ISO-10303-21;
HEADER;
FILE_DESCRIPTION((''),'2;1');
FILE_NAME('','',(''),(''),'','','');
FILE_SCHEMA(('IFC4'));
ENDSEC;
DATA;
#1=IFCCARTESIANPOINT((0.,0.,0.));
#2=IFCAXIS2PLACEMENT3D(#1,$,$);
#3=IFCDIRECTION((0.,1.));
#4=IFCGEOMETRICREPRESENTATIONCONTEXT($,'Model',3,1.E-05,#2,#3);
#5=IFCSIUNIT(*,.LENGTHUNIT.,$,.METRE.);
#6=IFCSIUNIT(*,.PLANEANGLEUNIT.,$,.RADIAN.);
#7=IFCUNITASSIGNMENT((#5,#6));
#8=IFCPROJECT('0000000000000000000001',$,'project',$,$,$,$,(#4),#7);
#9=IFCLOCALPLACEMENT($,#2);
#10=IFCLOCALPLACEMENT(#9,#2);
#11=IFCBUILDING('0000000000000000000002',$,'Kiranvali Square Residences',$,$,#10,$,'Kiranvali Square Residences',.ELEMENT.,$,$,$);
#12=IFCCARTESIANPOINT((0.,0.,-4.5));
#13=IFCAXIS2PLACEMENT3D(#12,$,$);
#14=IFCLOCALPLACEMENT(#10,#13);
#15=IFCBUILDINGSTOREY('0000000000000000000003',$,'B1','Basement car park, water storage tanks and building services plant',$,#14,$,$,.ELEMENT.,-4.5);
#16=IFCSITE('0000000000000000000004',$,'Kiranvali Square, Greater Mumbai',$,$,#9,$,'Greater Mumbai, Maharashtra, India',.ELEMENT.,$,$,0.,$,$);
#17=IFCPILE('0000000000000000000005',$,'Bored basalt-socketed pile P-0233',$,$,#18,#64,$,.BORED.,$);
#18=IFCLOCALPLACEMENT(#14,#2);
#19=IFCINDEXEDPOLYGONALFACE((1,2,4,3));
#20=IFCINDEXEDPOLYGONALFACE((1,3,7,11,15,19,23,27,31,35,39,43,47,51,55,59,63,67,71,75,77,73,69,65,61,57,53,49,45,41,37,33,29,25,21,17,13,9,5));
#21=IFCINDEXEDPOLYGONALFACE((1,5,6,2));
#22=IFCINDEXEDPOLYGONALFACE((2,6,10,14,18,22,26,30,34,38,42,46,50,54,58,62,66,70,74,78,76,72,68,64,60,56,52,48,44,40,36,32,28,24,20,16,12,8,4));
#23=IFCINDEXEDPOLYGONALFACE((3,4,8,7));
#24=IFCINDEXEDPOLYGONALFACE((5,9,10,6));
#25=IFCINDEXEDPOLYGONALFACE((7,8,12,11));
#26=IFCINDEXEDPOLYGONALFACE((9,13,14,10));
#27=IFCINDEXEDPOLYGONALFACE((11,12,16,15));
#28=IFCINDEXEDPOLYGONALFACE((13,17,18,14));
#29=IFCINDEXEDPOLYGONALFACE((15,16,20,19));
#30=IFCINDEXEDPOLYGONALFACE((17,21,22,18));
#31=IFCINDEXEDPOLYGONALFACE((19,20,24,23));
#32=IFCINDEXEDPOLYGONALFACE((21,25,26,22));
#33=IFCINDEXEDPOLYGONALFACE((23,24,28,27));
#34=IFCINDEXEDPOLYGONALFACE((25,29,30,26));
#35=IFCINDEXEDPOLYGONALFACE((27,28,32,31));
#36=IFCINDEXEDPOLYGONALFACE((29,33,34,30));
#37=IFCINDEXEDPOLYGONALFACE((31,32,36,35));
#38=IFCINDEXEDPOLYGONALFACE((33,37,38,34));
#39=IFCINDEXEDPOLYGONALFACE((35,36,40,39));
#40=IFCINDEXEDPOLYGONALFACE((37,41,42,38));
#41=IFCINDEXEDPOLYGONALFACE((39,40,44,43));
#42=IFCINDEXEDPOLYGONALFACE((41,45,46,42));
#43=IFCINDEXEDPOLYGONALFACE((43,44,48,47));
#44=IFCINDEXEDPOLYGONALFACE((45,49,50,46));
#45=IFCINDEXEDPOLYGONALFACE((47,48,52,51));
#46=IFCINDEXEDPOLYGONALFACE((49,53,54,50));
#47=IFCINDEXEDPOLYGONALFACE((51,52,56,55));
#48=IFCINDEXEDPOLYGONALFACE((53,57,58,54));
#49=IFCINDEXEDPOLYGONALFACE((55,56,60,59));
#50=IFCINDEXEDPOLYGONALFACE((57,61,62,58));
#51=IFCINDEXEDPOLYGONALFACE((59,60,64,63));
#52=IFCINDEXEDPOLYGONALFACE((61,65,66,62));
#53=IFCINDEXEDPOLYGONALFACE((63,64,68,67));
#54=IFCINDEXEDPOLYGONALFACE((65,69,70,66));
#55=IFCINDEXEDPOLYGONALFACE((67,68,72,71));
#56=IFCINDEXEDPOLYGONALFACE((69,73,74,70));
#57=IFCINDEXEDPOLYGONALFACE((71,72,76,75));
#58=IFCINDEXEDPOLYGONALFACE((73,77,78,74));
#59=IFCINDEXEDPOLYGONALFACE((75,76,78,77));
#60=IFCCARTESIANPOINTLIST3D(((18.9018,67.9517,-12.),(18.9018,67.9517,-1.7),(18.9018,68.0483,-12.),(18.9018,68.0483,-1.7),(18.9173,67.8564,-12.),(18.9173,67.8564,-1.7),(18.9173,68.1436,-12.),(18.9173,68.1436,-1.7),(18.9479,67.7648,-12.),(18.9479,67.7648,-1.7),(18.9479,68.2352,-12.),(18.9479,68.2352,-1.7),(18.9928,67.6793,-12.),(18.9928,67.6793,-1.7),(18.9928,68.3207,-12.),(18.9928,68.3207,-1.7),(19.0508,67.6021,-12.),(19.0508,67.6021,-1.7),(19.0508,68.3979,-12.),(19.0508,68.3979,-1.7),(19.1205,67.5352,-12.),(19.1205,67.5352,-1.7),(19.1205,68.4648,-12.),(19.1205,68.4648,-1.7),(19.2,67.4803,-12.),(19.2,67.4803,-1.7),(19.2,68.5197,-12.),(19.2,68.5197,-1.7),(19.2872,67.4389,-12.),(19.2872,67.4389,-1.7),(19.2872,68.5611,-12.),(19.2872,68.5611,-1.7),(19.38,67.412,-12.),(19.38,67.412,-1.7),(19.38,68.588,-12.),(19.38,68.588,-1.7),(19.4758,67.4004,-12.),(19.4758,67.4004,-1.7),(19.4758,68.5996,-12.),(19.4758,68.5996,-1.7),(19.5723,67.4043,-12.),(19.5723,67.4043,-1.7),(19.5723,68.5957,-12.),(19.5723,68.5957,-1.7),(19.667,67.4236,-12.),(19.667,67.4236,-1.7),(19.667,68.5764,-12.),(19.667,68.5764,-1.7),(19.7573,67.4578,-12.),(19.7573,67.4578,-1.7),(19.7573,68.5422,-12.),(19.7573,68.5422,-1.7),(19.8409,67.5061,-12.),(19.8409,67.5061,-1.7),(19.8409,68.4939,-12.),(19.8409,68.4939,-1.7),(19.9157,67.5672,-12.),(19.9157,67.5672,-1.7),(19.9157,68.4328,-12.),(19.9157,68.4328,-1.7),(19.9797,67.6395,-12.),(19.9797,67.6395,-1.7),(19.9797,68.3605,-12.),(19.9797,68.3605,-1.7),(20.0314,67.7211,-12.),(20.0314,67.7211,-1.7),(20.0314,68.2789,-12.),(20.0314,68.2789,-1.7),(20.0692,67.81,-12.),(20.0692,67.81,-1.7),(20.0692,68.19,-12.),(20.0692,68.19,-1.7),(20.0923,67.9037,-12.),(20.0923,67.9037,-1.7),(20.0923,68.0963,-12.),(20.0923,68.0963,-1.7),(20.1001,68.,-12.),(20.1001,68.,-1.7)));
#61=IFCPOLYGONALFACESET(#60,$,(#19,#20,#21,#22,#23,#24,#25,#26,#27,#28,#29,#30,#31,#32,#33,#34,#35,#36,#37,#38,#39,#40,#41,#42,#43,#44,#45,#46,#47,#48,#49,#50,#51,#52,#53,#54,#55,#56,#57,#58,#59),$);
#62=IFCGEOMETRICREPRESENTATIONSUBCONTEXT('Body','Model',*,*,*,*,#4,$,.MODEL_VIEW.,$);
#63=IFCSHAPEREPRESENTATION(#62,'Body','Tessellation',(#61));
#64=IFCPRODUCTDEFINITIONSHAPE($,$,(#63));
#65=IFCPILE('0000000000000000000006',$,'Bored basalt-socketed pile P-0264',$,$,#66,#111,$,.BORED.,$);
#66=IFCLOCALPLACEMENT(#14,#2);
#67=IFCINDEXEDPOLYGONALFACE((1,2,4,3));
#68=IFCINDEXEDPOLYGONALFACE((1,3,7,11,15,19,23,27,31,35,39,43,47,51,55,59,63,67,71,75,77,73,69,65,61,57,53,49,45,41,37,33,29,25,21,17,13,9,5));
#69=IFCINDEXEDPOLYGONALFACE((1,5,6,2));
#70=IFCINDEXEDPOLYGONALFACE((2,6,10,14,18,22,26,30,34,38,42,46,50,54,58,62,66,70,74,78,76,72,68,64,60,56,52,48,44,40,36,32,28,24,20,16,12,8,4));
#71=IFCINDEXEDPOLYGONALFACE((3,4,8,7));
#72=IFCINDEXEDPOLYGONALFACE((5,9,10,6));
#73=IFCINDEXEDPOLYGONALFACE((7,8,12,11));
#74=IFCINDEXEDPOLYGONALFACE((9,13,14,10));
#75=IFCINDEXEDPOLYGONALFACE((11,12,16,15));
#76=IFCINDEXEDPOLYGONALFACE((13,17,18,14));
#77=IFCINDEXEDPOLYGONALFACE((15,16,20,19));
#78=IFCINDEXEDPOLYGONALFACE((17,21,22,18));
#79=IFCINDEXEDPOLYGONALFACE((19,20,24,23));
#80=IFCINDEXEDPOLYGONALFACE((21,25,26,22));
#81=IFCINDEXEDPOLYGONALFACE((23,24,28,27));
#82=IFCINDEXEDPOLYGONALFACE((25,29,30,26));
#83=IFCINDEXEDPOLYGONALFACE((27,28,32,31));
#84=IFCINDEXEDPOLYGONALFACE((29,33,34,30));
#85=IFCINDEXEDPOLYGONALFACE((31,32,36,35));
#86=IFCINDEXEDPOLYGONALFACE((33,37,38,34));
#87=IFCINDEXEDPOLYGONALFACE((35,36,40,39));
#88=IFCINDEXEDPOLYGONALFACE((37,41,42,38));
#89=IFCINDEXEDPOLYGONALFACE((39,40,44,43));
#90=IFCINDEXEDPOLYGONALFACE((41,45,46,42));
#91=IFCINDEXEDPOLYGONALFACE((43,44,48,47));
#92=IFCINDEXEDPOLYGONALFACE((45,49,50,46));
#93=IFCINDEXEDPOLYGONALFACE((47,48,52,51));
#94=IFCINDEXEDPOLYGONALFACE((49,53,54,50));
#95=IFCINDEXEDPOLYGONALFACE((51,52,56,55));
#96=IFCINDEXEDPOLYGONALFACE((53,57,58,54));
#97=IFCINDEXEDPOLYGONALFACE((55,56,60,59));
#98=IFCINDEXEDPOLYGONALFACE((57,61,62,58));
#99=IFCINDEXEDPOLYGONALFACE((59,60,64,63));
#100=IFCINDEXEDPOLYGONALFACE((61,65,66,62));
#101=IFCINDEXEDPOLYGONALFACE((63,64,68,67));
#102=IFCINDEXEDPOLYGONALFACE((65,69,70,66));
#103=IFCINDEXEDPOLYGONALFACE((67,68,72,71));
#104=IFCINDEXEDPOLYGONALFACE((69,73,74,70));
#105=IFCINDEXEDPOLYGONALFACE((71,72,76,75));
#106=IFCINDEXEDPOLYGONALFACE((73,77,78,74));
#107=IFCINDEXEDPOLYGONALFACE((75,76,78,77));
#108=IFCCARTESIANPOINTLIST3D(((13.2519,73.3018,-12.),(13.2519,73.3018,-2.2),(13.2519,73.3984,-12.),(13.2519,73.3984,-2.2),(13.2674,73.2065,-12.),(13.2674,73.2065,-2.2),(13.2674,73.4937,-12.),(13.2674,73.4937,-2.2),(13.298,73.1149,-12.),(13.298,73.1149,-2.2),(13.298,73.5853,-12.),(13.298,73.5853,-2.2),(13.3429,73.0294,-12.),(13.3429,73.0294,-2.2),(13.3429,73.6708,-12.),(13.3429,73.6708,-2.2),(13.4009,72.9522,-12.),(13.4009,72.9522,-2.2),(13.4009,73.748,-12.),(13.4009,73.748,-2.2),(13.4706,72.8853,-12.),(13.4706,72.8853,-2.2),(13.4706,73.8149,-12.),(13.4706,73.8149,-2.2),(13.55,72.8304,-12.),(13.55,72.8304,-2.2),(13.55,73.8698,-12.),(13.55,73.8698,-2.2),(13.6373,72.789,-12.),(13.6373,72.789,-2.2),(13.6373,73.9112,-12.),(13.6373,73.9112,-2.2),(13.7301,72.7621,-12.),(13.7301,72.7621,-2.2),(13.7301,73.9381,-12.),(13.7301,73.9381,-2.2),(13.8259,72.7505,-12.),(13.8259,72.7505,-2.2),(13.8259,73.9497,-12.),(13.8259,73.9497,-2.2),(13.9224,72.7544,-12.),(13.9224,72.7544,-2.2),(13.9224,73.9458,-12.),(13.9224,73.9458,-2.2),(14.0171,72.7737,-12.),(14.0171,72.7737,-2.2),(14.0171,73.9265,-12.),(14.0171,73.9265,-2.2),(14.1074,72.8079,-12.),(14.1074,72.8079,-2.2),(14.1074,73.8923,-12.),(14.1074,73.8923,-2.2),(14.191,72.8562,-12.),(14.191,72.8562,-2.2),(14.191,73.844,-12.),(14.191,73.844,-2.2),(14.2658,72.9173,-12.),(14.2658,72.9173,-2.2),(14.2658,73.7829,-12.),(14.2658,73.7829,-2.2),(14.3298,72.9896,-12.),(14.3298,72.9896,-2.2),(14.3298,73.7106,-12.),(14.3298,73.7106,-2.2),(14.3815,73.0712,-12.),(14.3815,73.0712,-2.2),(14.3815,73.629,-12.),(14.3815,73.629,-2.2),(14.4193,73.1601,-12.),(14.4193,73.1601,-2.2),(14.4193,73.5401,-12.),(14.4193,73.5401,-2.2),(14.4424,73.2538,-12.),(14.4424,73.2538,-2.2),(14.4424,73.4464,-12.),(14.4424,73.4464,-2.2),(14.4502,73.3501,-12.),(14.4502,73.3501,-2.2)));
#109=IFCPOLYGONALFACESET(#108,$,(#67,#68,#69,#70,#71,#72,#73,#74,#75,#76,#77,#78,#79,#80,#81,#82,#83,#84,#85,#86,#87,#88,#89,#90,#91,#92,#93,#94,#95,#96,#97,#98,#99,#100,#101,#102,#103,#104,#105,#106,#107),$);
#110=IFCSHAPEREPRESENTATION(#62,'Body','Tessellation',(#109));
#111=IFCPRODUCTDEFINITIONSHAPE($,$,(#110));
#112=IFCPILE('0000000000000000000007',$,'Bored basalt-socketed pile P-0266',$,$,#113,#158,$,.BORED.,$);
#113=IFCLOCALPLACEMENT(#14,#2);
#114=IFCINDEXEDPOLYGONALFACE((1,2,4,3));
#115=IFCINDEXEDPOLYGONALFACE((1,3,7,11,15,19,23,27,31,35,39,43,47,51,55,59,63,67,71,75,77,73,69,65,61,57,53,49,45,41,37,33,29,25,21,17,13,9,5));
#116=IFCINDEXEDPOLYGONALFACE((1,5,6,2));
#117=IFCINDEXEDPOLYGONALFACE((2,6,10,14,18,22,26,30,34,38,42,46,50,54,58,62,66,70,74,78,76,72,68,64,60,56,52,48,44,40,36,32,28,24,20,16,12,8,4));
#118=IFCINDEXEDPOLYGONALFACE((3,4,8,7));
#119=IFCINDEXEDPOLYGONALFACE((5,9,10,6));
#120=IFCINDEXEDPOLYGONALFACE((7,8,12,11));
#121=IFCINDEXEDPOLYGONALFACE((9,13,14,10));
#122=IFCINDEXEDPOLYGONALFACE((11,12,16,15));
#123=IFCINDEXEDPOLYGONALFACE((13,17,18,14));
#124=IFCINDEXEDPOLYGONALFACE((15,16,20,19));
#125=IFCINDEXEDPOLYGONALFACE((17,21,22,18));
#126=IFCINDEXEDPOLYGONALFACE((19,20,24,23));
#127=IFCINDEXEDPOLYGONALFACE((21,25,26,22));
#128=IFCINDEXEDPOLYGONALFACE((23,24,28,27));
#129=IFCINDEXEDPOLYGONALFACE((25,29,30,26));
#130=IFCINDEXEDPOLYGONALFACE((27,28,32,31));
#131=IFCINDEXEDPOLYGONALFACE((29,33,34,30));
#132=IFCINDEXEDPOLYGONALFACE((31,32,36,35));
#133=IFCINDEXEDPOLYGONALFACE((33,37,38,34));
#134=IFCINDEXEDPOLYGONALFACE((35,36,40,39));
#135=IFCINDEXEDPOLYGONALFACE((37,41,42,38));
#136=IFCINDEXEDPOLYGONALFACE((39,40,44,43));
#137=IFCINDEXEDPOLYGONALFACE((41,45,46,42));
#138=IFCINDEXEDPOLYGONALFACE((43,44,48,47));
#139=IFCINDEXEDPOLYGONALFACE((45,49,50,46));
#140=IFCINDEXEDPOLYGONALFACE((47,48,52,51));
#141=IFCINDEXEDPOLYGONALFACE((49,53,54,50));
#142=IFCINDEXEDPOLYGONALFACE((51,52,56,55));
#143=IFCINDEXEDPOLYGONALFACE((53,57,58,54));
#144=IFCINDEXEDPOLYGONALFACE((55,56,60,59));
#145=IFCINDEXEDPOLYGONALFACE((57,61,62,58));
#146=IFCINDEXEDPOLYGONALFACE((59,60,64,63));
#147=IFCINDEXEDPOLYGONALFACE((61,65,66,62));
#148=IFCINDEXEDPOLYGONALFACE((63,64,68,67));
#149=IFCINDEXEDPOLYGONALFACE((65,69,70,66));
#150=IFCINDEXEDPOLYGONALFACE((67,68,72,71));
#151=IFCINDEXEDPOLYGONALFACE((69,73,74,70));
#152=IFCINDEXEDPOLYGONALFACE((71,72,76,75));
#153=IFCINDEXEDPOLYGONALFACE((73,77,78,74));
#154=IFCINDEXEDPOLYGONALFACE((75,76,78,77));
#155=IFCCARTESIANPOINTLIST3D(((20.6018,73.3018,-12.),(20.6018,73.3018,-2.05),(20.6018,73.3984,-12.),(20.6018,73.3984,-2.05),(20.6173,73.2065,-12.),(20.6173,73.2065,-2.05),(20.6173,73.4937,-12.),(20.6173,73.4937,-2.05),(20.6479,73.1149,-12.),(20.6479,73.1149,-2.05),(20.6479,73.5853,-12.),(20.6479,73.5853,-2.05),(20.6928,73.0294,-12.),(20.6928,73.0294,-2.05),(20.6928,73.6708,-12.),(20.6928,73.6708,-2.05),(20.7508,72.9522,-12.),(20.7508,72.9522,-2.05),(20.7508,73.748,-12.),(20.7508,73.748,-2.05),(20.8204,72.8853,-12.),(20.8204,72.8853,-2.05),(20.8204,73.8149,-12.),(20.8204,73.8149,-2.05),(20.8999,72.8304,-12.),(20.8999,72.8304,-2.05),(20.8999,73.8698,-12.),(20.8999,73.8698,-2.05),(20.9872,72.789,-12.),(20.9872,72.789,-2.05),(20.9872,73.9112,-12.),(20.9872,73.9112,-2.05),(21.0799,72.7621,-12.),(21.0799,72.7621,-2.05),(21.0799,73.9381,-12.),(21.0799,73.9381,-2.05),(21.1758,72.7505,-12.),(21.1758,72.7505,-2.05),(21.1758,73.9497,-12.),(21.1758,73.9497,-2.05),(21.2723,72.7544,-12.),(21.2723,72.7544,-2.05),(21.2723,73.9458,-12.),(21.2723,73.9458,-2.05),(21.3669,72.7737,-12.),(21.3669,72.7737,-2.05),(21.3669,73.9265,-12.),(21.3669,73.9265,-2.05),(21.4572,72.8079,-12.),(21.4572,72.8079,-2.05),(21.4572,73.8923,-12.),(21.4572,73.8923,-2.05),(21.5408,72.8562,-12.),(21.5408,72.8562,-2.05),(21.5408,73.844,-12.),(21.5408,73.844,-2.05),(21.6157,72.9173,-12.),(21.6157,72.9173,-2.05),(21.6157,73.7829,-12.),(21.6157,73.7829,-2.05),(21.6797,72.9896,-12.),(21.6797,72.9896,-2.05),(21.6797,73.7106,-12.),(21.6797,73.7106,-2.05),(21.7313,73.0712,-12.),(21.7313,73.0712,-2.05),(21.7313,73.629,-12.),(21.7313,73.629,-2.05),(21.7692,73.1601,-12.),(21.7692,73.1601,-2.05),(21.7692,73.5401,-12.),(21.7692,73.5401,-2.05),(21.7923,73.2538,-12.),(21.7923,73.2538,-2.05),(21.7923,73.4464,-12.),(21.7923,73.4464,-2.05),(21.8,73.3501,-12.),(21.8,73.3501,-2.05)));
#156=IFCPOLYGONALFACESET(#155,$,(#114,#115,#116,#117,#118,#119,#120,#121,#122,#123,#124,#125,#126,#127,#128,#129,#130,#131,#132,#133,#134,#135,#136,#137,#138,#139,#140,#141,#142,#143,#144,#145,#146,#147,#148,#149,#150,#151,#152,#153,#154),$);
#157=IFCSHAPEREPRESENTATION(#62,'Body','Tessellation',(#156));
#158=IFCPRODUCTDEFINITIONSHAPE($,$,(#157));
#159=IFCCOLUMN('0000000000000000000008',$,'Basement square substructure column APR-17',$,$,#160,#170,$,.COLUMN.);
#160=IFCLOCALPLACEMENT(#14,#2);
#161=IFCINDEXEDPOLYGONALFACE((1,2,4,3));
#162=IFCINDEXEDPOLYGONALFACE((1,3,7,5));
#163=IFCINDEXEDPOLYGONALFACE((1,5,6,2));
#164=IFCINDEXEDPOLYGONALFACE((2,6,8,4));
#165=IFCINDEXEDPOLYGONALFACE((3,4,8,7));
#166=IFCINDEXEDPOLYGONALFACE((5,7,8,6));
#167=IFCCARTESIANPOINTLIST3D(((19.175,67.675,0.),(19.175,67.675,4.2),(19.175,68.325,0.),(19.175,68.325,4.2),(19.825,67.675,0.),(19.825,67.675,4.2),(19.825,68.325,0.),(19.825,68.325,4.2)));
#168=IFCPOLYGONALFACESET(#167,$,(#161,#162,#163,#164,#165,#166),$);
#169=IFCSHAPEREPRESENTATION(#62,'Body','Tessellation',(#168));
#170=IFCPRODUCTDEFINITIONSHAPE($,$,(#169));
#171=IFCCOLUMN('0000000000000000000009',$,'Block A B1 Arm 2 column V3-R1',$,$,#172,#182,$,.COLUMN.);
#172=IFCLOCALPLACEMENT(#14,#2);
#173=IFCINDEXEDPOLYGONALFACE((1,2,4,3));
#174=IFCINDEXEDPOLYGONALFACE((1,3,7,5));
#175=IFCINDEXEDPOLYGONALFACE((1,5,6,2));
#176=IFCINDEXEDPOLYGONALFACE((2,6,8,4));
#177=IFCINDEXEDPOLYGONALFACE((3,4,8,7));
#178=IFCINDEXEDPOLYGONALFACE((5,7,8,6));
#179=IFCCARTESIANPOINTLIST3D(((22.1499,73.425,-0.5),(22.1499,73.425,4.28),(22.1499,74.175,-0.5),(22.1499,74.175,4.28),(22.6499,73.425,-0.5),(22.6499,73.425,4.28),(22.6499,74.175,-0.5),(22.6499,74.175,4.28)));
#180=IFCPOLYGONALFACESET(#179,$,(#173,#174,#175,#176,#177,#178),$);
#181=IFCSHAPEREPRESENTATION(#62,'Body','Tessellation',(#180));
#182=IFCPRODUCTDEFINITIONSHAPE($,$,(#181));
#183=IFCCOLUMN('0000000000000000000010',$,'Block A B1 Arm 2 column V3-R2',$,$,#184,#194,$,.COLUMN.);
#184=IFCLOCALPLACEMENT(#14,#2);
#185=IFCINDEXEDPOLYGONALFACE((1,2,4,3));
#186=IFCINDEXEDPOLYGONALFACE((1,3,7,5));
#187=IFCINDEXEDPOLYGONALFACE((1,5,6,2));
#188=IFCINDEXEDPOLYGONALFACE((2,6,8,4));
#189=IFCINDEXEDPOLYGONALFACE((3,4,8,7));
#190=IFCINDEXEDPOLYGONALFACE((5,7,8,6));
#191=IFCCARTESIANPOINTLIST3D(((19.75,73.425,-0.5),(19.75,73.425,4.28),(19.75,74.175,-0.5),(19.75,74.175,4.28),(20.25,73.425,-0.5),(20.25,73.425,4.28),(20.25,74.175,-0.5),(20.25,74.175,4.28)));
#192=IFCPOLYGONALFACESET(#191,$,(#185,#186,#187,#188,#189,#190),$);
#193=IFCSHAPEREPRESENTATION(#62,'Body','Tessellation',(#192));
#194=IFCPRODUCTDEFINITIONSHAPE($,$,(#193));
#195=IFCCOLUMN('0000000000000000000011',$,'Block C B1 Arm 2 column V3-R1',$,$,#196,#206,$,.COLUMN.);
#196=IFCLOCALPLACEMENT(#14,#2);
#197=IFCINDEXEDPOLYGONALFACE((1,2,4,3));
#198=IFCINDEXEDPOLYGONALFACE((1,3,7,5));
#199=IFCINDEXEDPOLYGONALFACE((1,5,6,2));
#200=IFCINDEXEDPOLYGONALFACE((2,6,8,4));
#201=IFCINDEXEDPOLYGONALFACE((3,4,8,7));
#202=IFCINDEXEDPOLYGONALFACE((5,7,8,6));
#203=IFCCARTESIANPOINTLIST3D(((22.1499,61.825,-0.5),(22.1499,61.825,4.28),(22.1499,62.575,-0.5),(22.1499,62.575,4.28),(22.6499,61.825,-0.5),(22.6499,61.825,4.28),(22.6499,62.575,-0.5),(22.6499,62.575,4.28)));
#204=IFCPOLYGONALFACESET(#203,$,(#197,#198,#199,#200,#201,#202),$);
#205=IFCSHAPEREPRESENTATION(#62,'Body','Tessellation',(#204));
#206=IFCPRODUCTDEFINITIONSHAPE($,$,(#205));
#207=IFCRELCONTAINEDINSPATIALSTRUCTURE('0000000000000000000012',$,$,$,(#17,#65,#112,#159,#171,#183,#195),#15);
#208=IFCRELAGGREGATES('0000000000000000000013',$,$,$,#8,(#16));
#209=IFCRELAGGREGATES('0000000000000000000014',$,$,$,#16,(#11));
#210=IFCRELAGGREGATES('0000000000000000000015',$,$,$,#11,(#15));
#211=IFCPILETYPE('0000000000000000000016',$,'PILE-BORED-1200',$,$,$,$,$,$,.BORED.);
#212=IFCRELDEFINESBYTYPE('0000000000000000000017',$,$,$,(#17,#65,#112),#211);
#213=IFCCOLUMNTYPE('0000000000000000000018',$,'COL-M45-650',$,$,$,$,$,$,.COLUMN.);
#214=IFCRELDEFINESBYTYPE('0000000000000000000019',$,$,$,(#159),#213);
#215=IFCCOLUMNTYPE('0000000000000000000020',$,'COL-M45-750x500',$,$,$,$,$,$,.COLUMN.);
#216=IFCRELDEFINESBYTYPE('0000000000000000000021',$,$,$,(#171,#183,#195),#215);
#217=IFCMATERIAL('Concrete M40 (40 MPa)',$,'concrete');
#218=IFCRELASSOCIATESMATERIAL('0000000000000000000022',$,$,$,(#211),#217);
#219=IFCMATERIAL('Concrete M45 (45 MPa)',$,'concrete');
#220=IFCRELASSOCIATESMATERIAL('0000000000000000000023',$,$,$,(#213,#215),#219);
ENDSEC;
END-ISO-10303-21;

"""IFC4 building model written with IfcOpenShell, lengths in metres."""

from ifc_helpers import new_model, si_unit, direction, frame, origin, origin_2d, place, context, subcontext, project, spatial, rectangle, circle, extrude, material, material_profile, profile_set, type_object, element, save


model = new_model("IFC4")

# Units and contexts
model_context = context("Model", 3, precision=1e-05, world=origin(), true_north=direction((0.0, 1.0)))
body_context = subcontext(model_context, "Body", "Model", "MODEL_VIEW")
ifc_project = project(units=[si_unit("LENGTHUNIT", "METRE"), si_unit("PLANEANGLEUNIT", "RADIAN")], contexts=[model_context])

# Site, building, storey
site_placement = place(None, origin())
site = spatial("IfcSite", under=ifc_project, at=site_placement, Name="Kiranvali Square, Greater Mumbai", LongName="Greater Mumbai, Maharashtra, India", CompositionType="ELEMENT", RefElevation=0.0)
building_placement = place(site_placement, origin())
building = spatial("IfcBuilding", under=site, at=building_placement, Name="Kiranvali Square Residences", LongName="Kiranvali Square Residences", CompositionType="ELEMENT")
storey_placement = place(building_placement, frame((0.0, 0.0, -4.5)))
storey = spatial("IfcBuildingStorey", under=building, at=storey_placement, Name="B1", Description="Basement car park, water storage tanks and building services plant", CompositionType="ELEMENT", Elevation=-4.5)

# Shared definitions
ifc_material_1 = material(Name="Concrete M40 (40 MPa)", Category="concrete")

# Piles
ifc_material_profile_1 = material_profile(ifc_material_1, circle(Radius=0.6001, at=origin_2d()), Name="BORED PILE 1200")
ifc_profile_set_1 = profile_set([ifc_material_profile_1], Name="Concrete M40 (40 MPa)")
pile_type = type_object("IfcPileType", Name="PILE-BORED-1200", PredefinedType="BORED", material=ifc_profile_set_1)
pile_1_placement = place(storey_placement, frame((19.5, 68.0, -1.7), z_axis=(0.0, 0.0, -1.0), x_axis=(1.0, 0.0, 0.0)))
element("IfcPile", 1, at=pile_1_placement, inside=storey, type_object=pile_type, Name="Bored basalt-socketed pile P-0233", PredefinedType="BORED", context=body_context, shape_type="SweptSolid", body=[
    extrude(circle(Radius=0.6001, at=origin_2d()), origin(), (0.0, 0.0, 1.0), 10.3),
])
pile_2_placement = place(storey_placement, frame((13.8501, 73.3501, -2.2), z_axis=(0.0, 0.0, -1.0), x_axis=(1.0, 0.0, 0.0)))
element("IfcPile", 2, at=pile_2_placement, inside=storey, type_object=pile_type, Name="Bored basalt-socketed pile P-0264", PredefinedType="BORED", context=body_context, shape_type="SweptSolid", body=[
    extrude(circle(Radius=0.6001, at=origin_2d()), origin(), (0.0, 0.0, 1.0), 9.8),
])
pile_3_placement = place(storey_placement, frame((21.2, 73.3501, -2.05), z_axis=(0.0, 0.0, -1.0), x_axis=(1.0, 0.0, 0.0)))
element("IfcPile", 3, at=pile_3_placement, inside=storey, type_object=pile_type, Name="Bored basalt-socketed pile P-0266", PredefinedType="BORED", context=body_context, shape_type="SweptSolid", body=[
    extrude(circle(Radius=0.6001, at=origin_2d()), origin(), (0.0, 0.0, 1.0), 9.95),
])

# Columns
ifc_material_2 = material(Name="Concrete M45 (45 MPa)", Category="concrete")
ifc_material_profile_2 = material_profile(ifc_material_2, rectangle(XDim=0.6499, YDim=0.6499, at=origin_2d()), Name="RC 650x650")
ifc_profile_set_2 = profile_set([ifc_material_profile_2], Name="Concrete M45 (45 MPa)")
column_type_1 = type_object("IfcColumnType", Name="COL-M45-650", PredefinedType="COLUMN", material=ifc_profile_set_2)
column_placement = place(storey_placement, frame((19.5, 68.0, 0.0), z_axis=(0.0, 0.0, 1.0), x_axis=(1.0, 0.0, 0.0)))
element("IfcColumn", 4, at=column_placement, inside=storey, type_object=column_type_1, Name="Basement square substructure column APR-17", PredefinedType="COLUMN", context=body_context, shape_type="SweptSolid", body=[
    extrude(rectangle(XDim=0.6499, YDim=0.6499, at=origin_2d()), origin(), (0.0, 0.0, 1.0), 4.2),
])
ifc_material_profile_3 = material_profile(ifc_material_2, rectangle(XDim=0.5, YDim=0.75, at=origin_2d()), Name="RC 750x500")
ifc_profile_set_3 = profile_set([ifc_material_profile_3], Name="Concrete M45 (45 MPa)")
column_type_2 = type_object("IfcColumnType", Name="COL-M45-750x500", PredefinedType="COLUMN", material=ifc_profile_set_3)
for number, where, z_axis, x_axis, name in (
    (5, (22.3999, 73.8, -0.5), (0.0, 0.0, 1.0), (1.0, 0.0, 0.0), "Block A B1 Arm 2 column V3-R1"),
    (6, (20.0, 73.8, -0.5), (0.0, 0.0, 1.0), (1.0, 0.0, 0.0), "Block A B1 Arm 2 column V3-R2"),
    (7, (22.3999, 62.2, -0.5), (0.0, 0.0, 1.0), (1.0, 0.0, 0.0), "Block C B1 Arm 2 column V3-R1"),
):
    element("IfcColumn", number, at=place(storey_placement, frame(where, z_axis=z_axis, x_axis=x_axis)), inside=storey, type_object=column_type_2, Name=name, PredefinedType="COLUMN", context=body_context, shape_type="SweptSolid", body=[
        extrude(rectangle(XDim=0.5, YDim=0.75, at=origin_2d()), origin(), (0.0, 0.0, 1.0), 4.78),
    ])

save(model, "model.ifc")
